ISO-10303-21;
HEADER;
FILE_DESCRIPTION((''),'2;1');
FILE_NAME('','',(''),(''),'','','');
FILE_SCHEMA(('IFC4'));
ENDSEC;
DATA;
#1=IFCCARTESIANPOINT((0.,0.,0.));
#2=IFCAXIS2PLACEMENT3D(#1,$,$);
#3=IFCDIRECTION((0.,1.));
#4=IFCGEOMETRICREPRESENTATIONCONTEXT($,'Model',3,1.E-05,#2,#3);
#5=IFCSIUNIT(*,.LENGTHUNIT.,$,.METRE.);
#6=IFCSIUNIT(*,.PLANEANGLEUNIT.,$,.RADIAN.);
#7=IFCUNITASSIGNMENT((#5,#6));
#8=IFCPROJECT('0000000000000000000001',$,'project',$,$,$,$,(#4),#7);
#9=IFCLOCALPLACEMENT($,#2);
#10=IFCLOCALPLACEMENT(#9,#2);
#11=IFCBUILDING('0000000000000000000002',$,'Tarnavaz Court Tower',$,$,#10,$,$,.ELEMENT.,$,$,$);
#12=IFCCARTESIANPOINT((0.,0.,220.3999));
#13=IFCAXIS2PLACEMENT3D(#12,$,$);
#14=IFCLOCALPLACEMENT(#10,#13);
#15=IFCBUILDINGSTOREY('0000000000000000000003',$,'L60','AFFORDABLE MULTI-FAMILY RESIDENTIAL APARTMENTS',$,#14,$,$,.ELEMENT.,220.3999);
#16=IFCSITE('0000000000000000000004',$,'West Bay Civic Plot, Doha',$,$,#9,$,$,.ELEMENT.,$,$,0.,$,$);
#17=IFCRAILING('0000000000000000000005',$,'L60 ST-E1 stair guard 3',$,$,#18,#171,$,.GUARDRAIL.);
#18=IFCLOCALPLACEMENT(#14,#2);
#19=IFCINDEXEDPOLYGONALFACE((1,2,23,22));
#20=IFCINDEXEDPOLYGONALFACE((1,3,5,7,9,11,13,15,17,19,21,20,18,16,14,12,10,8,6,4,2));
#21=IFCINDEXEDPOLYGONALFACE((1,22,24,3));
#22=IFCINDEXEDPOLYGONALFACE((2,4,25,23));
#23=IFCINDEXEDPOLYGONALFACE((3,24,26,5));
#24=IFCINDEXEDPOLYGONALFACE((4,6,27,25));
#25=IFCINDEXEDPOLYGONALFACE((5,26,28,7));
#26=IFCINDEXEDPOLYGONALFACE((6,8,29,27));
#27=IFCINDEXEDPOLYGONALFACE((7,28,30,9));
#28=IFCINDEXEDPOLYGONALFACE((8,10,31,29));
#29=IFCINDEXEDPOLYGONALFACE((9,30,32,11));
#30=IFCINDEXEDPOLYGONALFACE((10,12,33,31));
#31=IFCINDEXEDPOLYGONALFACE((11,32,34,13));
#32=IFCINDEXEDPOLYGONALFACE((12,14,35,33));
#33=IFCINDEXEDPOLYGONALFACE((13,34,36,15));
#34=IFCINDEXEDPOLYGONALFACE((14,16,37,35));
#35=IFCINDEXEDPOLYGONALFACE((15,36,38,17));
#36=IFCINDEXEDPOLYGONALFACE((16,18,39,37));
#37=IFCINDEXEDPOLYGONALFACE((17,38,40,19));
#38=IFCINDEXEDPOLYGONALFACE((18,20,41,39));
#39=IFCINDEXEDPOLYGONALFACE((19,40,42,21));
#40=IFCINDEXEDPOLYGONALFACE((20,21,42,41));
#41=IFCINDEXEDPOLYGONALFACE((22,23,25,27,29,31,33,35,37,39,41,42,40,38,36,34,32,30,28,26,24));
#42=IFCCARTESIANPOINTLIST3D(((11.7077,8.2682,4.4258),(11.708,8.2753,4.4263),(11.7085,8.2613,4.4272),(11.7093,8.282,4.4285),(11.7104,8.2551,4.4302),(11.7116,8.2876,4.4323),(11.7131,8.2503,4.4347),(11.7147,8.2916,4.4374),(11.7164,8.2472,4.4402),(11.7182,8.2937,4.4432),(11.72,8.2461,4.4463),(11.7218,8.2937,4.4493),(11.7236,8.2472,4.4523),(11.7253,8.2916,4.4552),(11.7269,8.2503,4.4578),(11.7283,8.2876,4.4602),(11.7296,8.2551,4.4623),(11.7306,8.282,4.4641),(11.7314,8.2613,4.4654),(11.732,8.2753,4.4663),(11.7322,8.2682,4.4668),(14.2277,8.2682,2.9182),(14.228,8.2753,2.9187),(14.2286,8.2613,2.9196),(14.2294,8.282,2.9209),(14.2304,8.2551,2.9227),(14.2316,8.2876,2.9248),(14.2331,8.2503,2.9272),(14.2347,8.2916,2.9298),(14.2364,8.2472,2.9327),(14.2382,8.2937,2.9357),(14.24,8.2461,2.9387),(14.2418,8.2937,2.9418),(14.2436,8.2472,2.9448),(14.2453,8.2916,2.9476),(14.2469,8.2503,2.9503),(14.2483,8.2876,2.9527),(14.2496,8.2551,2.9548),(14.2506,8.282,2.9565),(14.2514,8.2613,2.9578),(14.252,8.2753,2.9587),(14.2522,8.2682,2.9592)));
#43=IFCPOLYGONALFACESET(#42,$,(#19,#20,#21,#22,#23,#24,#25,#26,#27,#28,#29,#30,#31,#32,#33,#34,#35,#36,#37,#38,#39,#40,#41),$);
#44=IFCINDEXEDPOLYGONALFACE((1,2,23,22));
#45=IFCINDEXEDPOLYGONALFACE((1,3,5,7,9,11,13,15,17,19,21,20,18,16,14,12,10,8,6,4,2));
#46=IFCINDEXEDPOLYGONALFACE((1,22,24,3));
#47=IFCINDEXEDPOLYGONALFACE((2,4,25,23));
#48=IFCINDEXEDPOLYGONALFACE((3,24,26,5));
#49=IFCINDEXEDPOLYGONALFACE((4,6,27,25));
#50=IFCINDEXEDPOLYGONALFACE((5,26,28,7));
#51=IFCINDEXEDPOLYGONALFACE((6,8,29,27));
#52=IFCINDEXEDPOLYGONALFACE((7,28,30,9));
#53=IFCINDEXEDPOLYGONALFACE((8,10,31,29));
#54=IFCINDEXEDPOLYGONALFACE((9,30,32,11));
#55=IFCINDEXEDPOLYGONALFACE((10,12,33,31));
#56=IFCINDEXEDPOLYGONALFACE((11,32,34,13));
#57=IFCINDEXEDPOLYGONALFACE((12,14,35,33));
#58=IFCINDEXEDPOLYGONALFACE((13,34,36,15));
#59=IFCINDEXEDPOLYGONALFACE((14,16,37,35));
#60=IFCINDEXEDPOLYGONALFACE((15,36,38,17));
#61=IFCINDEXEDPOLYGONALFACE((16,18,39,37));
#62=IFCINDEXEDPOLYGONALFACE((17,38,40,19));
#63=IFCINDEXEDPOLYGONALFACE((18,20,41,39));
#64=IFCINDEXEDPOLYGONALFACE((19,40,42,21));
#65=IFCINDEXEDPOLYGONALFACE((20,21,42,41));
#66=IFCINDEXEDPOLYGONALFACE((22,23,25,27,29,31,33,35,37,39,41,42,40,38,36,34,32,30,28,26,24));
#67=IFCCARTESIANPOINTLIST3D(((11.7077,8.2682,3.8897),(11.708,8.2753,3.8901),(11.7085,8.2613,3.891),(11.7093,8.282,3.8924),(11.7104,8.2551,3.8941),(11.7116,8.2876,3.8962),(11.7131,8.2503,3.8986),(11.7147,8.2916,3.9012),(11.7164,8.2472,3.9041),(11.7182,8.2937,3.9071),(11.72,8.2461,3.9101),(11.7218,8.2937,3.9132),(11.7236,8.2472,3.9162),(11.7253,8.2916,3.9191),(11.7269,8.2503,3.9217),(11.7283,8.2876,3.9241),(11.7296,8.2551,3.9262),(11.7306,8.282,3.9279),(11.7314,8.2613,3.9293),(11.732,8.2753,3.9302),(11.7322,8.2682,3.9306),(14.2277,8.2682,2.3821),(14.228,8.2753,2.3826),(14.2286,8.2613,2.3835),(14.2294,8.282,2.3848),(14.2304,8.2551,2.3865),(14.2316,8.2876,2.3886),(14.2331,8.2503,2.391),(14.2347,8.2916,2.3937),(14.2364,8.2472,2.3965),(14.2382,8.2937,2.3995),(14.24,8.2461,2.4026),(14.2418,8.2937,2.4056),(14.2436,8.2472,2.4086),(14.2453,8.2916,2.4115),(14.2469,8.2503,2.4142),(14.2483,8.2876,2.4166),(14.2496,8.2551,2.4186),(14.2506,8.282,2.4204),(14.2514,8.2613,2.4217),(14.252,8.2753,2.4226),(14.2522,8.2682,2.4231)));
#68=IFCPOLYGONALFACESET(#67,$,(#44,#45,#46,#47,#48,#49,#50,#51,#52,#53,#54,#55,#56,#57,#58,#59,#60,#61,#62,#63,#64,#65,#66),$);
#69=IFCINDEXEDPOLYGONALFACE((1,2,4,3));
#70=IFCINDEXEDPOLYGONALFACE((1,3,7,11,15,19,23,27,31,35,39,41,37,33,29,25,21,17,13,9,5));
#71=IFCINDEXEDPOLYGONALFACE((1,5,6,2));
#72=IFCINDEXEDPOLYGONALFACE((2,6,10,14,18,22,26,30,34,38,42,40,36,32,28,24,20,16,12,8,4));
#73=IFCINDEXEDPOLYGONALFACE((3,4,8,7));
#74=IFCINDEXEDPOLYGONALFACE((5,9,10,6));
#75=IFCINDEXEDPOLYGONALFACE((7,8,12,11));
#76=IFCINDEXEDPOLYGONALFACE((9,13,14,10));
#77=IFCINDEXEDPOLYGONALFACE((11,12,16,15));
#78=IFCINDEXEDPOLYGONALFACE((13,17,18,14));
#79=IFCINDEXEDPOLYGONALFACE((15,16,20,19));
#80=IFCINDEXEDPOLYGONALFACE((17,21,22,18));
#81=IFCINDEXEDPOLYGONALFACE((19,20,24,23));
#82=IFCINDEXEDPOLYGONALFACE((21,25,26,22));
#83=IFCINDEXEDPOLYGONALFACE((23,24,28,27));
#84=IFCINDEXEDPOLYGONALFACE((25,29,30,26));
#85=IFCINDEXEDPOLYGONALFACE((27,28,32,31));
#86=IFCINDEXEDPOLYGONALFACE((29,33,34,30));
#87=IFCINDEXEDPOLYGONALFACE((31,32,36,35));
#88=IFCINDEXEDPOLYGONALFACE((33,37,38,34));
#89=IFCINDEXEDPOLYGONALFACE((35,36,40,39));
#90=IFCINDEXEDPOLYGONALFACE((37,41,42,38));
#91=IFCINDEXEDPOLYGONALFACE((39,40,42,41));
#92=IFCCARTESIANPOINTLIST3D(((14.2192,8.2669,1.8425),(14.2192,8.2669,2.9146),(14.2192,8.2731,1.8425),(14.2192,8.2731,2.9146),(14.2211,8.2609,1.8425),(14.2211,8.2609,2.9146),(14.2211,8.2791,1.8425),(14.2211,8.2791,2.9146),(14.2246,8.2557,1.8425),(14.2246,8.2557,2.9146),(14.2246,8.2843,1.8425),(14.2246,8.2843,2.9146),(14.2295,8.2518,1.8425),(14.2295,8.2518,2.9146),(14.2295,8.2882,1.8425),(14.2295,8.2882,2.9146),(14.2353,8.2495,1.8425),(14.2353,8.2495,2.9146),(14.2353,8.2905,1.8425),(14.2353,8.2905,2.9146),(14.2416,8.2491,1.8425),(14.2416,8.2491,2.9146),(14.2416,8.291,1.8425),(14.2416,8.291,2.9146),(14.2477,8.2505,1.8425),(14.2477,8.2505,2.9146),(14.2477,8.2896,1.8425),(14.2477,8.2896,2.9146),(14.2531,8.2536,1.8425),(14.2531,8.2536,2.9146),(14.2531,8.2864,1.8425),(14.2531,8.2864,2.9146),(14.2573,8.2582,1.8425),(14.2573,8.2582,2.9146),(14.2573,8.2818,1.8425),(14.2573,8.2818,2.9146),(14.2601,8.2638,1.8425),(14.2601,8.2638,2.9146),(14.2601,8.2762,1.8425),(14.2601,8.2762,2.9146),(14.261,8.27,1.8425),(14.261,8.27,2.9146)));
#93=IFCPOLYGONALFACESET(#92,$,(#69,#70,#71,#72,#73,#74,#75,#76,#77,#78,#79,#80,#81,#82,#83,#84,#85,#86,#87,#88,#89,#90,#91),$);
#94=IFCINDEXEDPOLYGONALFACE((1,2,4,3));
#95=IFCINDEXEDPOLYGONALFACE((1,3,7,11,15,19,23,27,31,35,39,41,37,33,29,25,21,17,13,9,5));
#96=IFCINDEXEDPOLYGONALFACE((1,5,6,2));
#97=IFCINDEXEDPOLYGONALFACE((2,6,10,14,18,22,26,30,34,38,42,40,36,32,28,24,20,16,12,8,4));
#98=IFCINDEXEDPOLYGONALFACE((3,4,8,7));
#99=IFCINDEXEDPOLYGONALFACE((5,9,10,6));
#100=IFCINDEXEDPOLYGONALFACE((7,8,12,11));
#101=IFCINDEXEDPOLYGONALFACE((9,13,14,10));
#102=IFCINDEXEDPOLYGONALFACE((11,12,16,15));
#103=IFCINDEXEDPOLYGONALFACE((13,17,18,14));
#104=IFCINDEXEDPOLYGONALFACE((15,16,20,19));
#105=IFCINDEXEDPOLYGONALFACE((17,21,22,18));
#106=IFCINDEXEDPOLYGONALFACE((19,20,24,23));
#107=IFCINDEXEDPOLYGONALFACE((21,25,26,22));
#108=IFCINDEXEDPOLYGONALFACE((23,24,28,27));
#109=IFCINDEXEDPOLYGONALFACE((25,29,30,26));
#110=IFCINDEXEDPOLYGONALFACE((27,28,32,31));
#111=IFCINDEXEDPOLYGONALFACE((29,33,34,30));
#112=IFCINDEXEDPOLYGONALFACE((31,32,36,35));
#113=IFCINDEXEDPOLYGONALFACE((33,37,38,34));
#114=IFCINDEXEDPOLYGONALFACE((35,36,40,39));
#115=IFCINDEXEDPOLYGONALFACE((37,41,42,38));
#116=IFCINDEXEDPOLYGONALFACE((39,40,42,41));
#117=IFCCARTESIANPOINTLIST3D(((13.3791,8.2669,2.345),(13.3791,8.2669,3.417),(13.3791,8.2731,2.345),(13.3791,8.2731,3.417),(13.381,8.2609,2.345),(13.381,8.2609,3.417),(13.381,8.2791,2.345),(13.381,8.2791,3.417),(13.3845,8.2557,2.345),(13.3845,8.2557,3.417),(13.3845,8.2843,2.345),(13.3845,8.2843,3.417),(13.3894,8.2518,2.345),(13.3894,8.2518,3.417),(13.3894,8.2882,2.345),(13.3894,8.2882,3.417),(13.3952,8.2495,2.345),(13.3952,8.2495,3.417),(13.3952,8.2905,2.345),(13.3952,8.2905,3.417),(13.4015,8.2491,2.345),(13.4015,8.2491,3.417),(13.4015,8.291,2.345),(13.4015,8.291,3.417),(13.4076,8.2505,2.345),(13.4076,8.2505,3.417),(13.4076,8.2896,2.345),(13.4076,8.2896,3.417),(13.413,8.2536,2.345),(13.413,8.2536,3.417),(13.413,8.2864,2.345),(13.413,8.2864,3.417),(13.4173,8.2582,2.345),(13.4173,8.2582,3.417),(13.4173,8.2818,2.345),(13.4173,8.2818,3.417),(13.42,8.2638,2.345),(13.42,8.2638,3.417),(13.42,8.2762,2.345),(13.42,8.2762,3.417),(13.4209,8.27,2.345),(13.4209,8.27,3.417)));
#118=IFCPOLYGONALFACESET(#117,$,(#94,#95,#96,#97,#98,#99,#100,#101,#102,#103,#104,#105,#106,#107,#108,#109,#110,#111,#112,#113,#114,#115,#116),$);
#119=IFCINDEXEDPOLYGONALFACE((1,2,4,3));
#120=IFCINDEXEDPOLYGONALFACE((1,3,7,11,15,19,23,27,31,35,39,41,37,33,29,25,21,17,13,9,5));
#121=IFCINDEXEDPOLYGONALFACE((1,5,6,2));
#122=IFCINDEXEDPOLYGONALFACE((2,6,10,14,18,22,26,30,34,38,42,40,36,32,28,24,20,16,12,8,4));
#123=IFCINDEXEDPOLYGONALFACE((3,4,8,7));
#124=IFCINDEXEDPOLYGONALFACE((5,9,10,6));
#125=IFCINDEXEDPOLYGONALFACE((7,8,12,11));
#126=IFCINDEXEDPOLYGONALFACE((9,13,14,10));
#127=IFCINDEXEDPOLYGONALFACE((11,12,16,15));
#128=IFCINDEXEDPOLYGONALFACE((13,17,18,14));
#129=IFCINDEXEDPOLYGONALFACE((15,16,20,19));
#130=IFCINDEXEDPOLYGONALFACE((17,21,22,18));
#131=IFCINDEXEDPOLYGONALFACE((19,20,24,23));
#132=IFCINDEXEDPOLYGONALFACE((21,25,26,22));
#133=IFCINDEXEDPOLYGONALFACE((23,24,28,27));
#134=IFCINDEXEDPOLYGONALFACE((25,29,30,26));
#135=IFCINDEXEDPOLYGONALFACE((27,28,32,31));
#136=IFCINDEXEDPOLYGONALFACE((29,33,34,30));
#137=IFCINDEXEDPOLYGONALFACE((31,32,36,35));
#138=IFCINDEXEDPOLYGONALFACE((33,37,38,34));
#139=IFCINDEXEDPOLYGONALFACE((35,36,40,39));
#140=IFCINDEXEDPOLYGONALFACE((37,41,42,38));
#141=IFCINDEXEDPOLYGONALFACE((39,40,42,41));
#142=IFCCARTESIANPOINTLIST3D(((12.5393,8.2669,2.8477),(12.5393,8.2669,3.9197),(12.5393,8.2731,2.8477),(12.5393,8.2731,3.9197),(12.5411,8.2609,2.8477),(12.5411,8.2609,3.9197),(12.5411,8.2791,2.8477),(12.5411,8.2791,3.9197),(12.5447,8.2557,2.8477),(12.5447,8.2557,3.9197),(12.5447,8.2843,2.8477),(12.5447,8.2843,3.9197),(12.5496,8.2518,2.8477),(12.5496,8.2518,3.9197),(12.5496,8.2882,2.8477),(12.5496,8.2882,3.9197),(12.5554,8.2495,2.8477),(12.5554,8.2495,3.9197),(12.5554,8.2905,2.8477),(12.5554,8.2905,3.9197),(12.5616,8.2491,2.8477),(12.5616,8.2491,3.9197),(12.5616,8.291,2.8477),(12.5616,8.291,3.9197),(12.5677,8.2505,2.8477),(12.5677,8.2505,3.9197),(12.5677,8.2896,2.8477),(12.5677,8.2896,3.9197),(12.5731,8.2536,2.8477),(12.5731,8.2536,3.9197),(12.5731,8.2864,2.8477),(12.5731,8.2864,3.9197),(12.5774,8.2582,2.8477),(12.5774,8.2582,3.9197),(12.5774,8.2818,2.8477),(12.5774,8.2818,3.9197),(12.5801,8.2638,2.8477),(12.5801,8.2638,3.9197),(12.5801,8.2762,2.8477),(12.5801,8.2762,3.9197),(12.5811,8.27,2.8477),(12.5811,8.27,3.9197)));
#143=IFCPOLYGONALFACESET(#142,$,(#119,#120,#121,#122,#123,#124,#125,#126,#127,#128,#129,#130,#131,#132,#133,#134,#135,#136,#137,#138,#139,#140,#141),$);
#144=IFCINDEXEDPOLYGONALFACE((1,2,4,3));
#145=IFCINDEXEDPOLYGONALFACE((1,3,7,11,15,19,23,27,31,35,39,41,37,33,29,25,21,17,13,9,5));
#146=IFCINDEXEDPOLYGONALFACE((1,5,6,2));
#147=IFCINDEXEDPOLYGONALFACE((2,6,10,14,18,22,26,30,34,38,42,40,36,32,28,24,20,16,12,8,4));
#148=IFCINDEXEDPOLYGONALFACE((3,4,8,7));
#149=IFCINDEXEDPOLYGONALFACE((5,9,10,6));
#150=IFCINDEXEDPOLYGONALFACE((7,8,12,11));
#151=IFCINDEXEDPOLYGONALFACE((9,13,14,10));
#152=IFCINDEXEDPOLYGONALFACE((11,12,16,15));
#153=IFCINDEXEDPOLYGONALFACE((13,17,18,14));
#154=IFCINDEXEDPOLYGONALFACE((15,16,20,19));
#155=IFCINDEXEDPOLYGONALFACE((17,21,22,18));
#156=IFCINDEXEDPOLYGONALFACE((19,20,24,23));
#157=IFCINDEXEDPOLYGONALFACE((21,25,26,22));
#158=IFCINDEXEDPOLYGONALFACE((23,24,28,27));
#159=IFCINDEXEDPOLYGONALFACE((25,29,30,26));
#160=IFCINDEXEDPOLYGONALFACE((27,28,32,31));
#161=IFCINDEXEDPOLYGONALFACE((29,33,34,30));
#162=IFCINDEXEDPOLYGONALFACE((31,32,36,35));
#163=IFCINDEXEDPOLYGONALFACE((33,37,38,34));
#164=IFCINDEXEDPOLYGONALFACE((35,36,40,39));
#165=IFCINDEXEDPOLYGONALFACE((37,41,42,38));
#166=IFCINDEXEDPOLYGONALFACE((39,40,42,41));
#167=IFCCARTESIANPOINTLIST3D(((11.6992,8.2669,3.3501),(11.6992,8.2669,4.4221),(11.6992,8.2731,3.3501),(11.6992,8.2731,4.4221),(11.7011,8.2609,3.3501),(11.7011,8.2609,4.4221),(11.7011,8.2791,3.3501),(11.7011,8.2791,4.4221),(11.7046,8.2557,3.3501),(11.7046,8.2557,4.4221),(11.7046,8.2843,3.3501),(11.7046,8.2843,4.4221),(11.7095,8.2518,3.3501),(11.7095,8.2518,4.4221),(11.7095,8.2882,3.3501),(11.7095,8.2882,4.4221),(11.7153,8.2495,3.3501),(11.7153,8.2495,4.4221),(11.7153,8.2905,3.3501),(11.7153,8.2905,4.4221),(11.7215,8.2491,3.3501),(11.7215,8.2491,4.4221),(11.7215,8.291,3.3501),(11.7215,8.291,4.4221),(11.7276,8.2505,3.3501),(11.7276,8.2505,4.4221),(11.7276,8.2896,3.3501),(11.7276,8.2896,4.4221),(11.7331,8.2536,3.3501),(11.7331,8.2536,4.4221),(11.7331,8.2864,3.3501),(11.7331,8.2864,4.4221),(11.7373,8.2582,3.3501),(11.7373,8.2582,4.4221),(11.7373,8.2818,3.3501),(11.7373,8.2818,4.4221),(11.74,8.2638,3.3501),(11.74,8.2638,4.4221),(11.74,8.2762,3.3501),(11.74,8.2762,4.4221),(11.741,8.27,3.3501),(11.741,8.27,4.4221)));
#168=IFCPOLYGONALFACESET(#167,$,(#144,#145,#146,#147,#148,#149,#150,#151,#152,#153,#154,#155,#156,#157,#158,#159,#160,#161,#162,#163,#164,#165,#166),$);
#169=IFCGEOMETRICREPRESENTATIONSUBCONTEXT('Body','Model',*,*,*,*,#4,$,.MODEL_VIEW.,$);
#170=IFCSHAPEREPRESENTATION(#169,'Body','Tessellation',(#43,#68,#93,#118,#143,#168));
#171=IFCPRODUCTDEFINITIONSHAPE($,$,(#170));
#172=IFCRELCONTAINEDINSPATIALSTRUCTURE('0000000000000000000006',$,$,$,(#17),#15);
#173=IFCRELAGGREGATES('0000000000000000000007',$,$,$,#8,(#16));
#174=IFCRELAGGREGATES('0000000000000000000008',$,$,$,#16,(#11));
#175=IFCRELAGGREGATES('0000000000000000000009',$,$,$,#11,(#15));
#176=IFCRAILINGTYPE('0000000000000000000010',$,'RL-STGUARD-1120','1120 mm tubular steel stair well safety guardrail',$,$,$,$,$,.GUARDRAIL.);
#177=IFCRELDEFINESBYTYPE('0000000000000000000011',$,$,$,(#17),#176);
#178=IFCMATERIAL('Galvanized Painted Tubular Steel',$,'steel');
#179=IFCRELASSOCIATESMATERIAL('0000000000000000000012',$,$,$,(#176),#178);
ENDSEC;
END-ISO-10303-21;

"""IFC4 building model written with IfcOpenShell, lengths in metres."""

from ifc_helpers import new_model, si_unit, direction, frame, origin, origin_2d, place, context, subcontext, project, spatial, circle, extrude, material, type_object, element, save


model = new_model("IFC4")

# Units and contexts
model_context = context("Model", 3, precision=1e-05, world=origin(), true_north=direction((0.0, 1.0)))
body_context = subcontext(model_context, "Body", "Model", "MODEL_VIEW")
ifc_project = project(units=[si_unit("LENGTHUNIT", "METRE"), si_unit("PLANEANGLEUNIT", "RADIAN")], contexts=[model_context])

# Site, building, storey
site_placement = place(None, origin())
site = spatial("IfcSite", under=ifc_project, at=site_placement, Name="West Bay Civic Plot, Doha", CompositionType="ELEMENT", RefElevation=0.0)
building_placement = place(site_placement, origin())
building = spatial("IfcBuilding", under=site, at=building_placement, Name="Tarnavaz Court Tower", CompositionType="ELEMENT")
storey_placement = place(building_placement, frame((0.0, 0.0, 220.3999)))
storey = spatial("IfcBuildingStorey", under=building, at=storey_placement, Name="L60", Description="AFFORDABLE MULTI-FAMILY RESIDENTIAL APARTMENTS", CompositionType="ELEMENT", Elevation=220.3999)

# Railing
ifc_material_1 = material(Name="Galvanized Painted Tubular Steel", Category="steel")
railing_type_1 = type_object("IfcRailingType", Name="RL-STGUARD-1120", Description="1120 mm tubular steel stair well safety guardrail", PredefinedType="GUARDRAIL", material=ifc_material_1)
railing_1_placement = place(storey_placement, frame((14.24, 8.27, 1.8425)))
element("IfcRailing", 1, at=railing_1_placement, inside=storey, type_object=railing_type_1, Name="L60 ST-E1 stair guard 3", PredefinedType="GUARDRAIL", context=body_context, shape_type="SweptSolid", body=[
    extrude(circle(Radius=0.0239, at=origin_2d()), frame((0.0, 0.0, 1.0962), z_axis=(-0.85816, 0.0, 0.513383), x_axis=(0.0, -1.0, 0.0)), (0.0, 0.0, 1.0), 2.9365),
    extrude(circle(Radius=0.0239, at=origin_2d()), frame((0.0, 0.0, 0.5601), z_axis=(-0.85816, 0.0, 0.513383), x_axis=(0.0, -1.0, 0.0)), (0.0, 0.0, 1.0), 2.9365),
    extrude(circle(Radius=0.021, at=origin_2d()), origin(), (0.0, 0.0, 1.0), 1.072),
    extrude(circle(Radius=0.021, at=origin_2d()), frame((-0.8401, 0.0, 0.5024)), (0.0, 0.0, 1.0), 1.072),
    extrude(circle(Radius=0.021, at=origin_2d()), frame((-1.6799, 0.0, 1.0051)), (0.0, 0.0, 1.0), 1.072),
    extrude(circle(Radius=0.021, at=origin_2d()), frame((-2.52, 0.0, 1.5076)), (0.0, 0.0, 1.0), 1.072),
])

save(model, "model.ifc")
